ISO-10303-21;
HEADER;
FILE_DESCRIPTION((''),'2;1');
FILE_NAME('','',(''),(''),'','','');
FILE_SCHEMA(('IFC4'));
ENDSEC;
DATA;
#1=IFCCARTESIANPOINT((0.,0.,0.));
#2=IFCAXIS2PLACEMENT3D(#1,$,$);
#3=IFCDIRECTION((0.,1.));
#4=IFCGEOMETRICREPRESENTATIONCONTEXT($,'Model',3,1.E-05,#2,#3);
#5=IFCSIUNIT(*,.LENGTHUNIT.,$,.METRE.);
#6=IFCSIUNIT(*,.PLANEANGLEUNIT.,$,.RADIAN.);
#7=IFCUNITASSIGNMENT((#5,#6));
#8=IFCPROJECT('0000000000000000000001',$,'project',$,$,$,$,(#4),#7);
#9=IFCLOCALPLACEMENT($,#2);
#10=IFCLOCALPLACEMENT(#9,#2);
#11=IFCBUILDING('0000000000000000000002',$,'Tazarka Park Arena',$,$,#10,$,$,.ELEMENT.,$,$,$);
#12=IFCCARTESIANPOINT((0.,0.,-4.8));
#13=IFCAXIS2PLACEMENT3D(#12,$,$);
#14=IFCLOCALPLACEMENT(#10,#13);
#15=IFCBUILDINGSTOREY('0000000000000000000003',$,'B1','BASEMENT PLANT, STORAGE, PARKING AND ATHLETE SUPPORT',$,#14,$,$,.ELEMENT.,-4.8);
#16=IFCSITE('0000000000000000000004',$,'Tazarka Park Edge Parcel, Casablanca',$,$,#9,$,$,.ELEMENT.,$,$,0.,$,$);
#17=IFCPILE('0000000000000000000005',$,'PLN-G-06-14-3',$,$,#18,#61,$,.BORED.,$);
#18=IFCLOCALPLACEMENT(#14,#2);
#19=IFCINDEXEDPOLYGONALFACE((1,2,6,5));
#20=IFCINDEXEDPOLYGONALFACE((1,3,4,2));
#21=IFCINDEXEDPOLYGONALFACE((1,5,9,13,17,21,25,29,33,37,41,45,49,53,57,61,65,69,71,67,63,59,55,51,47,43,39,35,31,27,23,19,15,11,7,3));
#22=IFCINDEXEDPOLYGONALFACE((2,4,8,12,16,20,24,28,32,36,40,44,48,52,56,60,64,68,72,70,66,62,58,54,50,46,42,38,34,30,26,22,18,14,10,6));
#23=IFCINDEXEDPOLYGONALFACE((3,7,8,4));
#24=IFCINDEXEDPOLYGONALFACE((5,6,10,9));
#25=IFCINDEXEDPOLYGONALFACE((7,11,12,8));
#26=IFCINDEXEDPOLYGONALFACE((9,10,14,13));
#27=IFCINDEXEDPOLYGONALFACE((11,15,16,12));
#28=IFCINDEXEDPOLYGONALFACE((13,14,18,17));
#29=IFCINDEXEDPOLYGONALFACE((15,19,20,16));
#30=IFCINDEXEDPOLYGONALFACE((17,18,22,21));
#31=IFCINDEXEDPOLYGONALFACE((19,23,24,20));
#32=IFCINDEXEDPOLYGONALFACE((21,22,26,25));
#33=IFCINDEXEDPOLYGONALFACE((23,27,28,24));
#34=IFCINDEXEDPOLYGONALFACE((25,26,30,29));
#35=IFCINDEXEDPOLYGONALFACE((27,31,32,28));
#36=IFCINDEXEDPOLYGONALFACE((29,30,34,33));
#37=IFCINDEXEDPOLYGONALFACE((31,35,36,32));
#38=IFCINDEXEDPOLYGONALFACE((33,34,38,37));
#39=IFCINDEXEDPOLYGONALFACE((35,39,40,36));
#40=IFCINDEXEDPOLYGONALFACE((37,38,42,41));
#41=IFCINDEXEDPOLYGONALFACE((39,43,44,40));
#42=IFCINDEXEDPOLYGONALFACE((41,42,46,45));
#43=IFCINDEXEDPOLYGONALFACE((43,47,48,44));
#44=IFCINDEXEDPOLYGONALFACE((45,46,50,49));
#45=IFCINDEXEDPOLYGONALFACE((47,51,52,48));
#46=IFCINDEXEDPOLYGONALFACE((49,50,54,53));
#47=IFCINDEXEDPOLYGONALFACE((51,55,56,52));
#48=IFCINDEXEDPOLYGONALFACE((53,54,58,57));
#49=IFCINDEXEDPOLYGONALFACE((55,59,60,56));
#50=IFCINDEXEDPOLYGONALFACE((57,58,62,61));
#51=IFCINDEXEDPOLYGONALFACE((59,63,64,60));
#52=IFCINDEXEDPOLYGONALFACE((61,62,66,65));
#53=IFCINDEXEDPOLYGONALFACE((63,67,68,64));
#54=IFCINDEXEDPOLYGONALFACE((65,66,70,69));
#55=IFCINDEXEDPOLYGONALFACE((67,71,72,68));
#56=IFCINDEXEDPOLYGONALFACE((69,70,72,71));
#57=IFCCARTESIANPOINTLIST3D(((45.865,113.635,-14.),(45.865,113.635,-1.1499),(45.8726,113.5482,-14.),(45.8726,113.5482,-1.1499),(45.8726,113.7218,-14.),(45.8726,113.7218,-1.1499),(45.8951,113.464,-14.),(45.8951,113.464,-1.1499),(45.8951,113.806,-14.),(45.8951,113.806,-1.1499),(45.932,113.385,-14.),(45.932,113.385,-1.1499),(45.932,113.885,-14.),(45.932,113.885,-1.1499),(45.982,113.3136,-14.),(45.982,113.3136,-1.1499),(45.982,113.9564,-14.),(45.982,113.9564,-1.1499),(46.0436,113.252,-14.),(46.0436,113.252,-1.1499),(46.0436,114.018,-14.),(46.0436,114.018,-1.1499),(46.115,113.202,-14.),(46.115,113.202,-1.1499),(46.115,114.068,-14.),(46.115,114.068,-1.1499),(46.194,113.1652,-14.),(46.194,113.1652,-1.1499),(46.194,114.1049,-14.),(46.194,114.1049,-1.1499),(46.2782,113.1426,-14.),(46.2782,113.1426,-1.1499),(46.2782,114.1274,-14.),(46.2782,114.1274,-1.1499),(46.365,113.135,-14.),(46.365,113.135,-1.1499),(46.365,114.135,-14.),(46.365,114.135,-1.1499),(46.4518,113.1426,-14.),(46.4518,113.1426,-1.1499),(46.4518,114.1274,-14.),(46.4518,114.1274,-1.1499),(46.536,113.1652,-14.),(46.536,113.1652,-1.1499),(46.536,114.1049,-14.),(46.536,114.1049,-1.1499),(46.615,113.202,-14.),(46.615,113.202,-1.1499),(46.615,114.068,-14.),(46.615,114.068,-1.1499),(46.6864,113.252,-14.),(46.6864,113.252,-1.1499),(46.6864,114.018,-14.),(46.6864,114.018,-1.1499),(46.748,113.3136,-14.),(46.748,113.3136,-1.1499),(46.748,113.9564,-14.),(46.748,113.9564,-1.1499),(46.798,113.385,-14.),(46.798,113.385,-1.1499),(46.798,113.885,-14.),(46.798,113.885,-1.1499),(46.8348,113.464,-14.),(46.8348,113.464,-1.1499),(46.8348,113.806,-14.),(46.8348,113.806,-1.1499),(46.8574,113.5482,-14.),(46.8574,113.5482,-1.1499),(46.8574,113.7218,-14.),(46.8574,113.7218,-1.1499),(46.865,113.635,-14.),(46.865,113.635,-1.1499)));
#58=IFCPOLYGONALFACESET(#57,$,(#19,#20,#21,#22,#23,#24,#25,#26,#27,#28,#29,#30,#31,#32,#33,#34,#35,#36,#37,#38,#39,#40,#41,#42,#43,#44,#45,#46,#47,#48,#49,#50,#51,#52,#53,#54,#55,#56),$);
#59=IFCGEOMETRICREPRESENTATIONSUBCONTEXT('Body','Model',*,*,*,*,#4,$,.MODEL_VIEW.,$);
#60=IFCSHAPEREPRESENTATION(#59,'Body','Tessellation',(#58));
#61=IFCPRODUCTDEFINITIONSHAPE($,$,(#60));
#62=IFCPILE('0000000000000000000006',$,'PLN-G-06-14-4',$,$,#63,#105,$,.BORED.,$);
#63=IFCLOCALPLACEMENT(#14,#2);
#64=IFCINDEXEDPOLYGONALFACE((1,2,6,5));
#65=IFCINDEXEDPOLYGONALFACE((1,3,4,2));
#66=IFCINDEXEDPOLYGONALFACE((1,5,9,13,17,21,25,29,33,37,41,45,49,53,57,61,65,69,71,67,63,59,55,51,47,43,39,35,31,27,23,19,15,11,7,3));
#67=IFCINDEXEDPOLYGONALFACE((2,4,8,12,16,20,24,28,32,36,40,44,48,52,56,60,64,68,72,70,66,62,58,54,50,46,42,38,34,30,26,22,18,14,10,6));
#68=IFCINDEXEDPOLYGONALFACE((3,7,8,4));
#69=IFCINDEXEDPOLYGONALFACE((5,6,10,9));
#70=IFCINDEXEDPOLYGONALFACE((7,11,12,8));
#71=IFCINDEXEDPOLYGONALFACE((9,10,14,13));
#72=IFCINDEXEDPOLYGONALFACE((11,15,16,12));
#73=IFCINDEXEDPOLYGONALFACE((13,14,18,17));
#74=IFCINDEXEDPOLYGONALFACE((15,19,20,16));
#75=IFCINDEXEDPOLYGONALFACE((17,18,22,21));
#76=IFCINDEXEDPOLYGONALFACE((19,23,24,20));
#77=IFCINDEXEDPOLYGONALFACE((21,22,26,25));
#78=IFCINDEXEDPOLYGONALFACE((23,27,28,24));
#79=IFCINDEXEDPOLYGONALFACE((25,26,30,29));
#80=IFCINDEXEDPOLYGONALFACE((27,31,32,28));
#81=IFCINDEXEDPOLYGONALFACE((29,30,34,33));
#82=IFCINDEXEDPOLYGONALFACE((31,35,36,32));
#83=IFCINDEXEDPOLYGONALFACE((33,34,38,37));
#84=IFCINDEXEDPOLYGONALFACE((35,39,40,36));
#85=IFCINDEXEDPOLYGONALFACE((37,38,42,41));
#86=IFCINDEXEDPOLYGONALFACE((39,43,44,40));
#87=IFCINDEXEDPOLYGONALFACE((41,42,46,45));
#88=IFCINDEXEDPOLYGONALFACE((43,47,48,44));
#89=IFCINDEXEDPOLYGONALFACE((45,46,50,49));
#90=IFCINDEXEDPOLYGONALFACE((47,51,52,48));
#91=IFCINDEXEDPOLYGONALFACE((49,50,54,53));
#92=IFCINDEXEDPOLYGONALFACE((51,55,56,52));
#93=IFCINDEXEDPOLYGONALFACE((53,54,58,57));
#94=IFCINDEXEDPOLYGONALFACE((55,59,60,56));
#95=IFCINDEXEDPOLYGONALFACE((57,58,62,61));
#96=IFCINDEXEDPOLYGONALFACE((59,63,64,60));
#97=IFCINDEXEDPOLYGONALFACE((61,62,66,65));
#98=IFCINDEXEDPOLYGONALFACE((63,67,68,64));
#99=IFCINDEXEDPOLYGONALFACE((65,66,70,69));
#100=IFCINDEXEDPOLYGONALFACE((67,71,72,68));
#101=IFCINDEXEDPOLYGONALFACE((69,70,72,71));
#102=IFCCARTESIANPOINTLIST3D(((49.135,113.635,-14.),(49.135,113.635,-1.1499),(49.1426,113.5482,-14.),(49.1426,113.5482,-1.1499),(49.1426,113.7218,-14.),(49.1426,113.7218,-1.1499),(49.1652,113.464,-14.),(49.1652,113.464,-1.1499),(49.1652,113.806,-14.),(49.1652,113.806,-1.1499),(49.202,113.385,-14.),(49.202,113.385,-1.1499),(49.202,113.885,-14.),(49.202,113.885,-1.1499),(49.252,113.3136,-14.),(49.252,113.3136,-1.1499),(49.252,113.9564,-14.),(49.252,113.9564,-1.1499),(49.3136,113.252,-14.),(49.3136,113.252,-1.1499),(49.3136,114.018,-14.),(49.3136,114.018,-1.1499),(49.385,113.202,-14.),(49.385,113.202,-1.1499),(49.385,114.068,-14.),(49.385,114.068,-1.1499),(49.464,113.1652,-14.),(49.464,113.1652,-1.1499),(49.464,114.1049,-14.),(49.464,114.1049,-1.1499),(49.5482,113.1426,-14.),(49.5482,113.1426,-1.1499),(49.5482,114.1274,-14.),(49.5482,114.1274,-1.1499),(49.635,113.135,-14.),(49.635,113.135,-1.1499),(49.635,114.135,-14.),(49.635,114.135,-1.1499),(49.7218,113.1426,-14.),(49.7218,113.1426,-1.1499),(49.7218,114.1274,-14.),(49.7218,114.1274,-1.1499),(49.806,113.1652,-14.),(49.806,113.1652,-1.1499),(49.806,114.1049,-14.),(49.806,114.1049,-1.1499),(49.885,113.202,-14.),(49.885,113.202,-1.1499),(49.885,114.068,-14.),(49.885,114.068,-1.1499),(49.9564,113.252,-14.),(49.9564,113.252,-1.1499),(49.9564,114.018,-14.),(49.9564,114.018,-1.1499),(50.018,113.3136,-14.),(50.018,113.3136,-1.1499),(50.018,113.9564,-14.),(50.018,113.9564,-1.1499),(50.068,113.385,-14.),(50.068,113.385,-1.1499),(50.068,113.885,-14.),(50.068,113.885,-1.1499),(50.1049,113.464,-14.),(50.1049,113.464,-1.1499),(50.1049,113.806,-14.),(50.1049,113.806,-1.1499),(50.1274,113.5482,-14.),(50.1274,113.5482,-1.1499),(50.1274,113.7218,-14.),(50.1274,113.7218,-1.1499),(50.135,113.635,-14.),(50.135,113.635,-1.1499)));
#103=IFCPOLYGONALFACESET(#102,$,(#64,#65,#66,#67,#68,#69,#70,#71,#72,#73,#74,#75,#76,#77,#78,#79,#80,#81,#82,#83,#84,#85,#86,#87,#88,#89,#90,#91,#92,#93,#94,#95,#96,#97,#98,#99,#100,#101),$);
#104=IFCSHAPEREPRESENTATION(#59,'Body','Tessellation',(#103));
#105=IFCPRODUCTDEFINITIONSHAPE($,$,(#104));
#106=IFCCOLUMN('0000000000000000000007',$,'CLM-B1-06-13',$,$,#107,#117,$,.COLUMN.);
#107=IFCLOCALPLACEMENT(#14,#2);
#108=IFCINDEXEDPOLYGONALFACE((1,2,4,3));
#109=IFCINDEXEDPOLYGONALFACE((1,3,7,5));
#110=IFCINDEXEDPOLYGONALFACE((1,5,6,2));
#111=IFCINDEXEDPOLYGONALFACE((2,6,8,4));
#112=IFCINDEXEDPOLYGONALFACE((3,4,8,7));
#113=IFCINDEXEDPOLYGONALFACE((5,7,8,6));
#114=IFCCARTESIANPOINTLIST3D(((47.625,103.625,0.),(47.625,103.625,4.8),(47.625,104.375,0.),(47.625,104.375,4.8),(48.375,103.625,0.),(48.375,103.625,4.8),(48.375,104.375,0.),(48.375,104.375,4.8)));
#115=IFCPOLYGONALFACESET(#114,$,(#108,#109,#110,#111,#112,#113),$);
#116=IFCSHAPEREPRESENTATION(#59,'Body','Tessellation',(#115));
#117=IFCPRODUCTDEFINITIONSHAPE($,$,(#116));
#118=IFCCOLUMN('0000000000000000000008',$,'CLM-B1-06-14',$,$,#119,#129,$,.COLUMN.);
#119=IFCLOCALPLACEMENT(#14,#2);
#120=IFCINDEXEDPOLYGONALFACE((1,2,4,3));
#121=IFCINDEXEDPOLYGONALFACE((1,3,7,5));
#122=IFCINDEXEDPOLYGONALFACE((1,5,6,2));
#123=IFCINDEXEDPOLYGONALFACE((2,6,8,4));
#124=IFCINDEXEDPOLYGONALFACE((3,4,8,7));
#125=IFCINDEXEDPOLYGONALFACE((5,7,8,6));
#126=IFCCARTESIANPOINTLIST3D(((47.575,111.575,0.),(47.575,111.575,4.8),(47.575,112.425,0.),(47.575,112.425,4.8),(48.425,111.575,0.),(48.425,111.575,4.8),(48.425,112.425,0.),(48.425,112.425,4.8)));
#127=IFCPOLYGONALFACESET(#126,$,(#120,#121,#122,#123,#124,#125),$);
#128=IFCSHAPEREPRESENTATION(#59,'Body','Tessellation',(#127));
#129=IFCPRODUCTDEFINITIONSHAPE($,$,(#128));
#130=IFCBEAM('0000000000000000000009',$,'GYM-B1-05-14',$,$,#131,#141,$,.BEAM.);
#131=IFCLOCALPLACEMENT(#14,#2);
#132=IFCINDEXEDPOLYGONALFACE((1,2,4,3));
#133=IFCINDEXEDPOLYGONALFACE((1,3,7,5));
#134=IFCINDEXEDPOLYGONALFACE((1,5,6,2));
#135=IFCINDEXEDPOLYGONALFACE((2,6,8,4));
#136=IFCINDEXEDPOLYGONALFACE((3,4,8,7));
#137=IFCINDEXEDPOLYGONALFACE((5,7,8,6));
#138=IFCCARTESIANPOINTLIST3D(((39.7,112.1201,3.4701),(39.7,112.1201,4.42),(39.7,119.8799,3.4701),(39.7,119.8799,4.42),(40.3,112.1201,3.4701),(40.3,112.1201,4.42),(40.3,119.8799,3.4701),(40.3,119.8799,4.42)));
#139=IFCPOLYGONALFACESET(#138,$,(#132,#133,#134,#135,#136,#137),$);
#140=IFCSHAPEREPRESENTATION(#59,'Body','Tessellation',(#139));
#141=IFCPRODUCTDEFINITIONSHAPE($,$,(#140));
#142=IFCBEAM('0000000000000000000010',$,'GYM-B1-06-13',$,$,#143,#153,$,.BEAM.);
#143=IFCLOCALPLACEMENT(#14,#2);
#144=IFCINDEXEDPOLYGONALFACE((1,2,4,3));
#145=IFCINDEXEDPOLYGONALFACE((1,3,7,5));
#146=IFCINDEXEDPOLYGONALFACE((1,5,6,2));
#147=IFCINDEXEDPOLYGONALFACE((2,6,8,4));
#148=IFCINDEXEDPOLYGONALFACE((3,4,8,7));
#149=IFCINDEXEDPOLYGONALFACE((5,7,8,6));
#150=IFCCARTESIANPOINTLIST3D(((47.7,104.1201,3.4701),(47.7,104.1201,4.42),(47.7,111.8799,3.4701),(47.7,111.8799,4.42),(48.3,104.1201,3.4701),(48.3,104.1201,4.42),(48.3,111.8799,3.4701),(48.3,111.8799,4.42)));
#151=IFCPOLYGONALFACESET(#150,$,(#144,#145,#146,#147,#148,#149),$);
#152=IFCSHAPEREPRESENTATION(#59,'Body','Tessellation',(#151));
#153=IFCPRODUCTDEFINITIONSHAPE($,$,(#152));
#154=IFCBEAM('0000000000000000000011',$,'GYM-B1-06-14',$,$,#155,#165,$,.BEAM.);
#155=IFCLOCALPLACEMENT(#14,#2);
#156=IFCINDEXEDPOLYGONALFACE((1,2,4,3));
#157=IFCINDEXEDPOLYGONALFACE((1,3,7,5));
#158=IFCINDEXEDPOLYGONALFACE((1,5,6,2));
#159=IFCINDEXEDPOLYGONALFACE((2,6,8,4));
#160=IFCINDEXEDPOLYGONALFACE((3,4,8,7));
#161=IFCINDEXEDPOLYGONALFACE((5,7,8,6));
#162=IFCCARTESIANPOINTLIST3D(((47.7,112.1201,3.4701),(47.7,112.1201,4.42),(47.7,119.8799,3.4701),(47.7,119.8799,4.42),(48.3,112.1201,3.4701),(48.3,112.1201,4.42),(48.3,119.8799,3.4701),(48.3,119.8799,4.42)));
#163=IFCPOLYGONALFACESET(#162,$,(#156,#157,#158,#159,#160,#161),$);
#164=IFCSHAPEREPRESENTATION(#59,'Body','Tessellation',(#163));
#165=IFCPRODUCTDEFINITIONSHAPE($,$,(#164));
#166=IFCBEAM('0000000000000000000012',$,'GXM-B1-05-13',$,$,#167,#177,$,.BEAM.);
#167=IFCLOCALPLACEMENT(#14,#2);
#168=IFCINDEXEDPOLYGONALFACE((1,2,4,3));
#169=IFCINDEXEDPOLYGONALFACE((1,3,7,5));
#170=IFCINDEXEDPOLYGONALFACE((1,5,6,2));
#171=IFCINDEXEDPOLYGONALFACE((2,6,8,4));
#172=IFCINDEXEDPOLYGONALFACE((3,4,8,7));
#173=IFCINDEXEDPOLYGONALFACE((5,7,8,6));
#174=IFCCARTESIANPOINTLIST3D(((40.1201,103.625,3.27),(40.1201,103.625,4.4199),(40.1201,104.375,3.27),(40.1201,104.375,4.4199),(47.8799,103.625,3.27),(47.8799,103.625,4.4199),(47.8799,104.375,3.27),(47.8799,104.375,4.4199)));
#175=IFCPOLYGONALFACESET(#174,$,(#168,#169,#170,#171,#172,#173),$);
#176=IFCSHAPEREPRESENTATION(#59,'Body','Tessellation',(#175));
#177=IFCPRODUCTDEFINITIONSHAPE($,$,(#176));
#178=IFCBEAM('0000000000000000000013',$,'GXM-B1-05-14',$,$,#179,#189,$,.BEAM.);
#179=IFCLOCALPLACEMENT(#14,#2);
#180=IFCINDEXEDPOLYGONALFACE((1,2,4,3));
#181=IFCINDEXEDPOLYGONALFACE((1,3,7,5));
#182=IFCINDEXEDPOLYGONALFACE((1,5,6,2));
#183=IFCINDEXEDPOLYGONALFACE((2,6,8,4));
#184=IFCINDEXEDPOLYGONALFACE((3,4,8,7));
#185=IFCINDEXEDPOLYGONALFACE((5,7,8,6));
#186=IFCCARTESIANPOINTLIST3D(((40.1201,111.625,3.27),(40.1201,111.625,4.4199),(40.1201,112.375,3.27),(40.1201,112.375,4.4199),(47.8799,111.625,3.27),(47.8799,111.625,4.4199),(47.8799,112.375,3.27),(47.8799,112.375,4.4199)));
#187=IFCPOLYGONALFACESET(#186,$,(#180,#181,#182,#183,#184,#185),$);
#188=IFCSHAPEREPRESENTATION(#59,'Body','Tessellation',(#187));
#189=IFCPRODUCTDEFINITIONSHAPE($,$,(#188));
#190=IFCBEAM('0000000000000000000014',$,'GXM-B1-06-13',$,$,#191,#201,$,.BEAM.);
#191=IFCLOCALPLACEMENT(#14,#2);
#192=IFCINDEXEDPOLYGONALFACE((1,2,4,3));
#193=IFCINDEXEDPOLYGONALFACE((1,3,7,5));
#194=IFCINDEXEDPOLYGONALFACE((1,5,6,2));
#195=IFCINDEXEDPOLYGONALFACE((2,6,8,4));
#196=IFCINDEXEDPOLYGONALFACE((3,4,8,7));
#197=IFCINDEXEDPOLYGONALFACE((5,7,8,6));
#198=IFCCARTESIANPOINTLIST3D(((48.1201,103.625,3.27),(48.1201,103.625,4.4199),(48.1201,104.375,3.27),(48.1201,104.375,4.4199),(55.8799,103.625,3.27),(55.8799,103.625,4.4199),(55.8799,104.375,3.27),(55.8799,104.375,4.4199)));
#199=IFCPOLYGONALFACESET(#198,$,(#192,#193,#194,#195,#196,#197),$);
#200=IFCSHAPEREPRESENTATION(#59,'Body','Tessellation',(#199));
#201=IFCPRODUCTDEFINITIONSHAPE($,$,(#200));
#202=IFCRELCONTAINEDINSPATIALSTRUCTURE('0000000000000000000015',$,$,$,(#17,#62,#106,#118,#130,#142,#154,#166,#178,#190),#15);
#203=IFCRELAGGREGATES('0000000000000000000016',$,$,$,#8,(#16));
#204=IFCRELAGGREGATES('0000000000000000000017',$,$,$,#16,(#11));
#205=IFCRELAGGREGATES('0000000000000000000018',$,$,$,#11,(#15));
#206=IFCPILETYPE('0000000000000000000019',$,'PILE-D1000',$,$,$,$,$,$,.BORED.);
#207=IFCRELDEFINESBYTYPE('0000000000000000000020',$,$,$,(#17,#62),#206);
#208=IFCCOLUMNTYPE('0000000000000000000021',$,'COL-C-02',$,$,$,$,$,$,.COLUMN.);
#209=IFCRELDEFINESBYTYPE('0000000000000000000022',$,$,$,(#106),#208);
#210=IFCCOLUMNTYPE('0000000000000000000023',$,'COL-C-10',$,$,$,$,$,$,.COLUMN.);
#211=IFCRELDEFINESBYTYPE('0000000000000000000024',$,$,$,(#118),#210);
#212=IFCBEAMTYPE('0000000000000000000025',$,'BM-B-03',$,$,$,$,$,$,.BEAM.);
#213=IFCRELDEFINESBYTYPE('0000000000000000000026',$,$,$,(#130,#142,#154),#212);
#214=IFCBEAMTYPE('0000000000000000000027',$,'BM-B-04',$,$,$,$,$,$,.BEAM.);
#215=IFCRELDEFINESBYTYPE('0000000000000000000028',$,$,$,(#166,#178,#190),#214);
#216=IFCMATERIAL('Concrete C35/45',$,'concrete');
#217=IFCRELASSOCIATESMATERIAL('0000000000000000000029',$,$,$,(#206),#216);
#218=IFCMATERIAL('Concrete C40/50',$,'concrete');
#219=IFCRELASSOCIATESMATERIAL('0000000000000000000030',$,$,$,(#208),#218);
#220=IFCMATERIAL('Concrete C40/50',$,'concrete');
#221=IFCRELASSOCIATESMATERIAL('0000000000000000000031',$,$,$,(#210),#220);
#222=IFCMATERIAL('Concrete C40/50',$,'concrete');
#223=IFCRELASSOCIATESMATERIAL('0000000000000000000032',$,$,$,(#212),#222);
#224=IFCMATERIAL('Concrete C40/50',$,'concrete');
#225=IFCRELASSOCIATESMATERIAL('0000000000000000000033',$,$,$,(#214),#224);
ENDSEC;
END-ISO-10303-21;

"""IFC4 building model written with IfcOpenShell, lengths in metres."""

from ifc_helpers import new_model, si_unit, direction, frame, origin, origin_2d, place, context, subcontext, project, spatial, rectangle, circle, extrude, material, material_profile, profile_set, type_object, element, save


model = new_model("IFC4")

# Units and contexts
model_context = context("Model", 3, precision=1e-05, world=origin(), true_north=direction((0.0, 1.0)))
body_context = subcontext(model_context, "Body", "Model", "MODEL_VIEW")
ifc_project = project(units=[si_unit("LENGTHUNIT", "METRE"), si_unit("PLANEANGLEUNIT", "RADIAN")], contexts=[model_context])

# Site, building, storey
site_placement = place(None, origin())
site = spatial("IfcSite", under=ifc_project, at=site_placement, Name="Tazarka Park Edge Parcel, Casablanca", CompositionType="ELEMENT", RefElevation=0.0)
building_placement = place(site_placement, origin())
building = spatial("IfcBuilding", under=site, at=building_placement, Name="Tazarka Park Arena", CompositionType="ELEMENT")
storey_placement = place(building_placement, frame((0.0, 0.0, -4.8)))
storey = spatial("IfcBuildingStorey", under=building, at=storey_placement, Name="B1", Description="BASEMENT PLANT, STORAGE, PARKING AND ATHLETE SUPPORT", CompositionType="ELEMENT", Elevation=-4.8)

# Piles
ifc_material_1 = material(Name="Concrete C35/45", Category="concrete")
ifc_material_profile_1 = material_profile(ifc_material_1, circle(Radius=0.5, at=origin_2d()), Name="Concrete C35/45")
ifc_profile_set_1 = profile_set([ifc_material_profile_1], Name="Concrete C35/45")
pile_type = type_object("IfcPileType", Name="PILE-D1000", PredefinedType="BORED", material=ifc_profile_set_1)
for number, where, z_axis, x_axis, name in (
    (1, (46.365, 113.635, -1.1499), (0.0, 0.0, -1.0), (1.0, 0.0, 0.0), "PLN-G-06-14-3"),
    (2, (49.635, 113.635, -1.1499), (0.0, 0.0, -1.0), (1.0, 0.0, 0.0), "PLN-G-06-14-4"),
):
    element("IfcPile", number, at=place(storey_placement, frame(where, z_axis=z_axis, x_axis=x_axis)), inside=storey, type_object=pile_type, Name=name, PredefinedType="BORED", context=body_context, shape_type="SweptSolid", body=[
        extrude(circle(Radius=0.5, at=origin_2d()), origin(), (0.0, 0.0, 1.0), 12.8501),
    ])

# Columns
ifc_material_2 = material(Name="Concrete C40/50", Category="concrete")
ifc_material_profile_2 = material_profile(ifc_material_2, rectangle(XDim=0.75, YDim=0.75, at=origin_2d()), Name="Concrete C40/50")
ifc_profile_set_2 = profile_set([ifc_material_profile_2], Name="Concrete C40/50")
column_type_1 = type_object("IfcColumnType", Name="COL-C-02", PredefinedType="COLUMN", material=ifc_profile_set_2)
column_1_placement = place(storey_placement, frame((48.0, 104.0, 0.0), z_axis=(0.0, 0.0, 1.0), x_axis=(1.0, 0.0, 0.0)))
element("IfcColumn", 3, at=column_1_placement, inside=storey, type_object=column_type_1, Name="CLM-B1-06-13", PredefinedType="COLUMN", context=body_context, shape_type="SweptSolid", body=[
    extrude(rectangle(XDim=0.75, YDim=0.75, at=origin_2d()), origin(), (0.0, 0.0, 1.0), 4.8),
])
ifc_material_3 = material(Name="Concrete C40/50", Category="concrete")
ifc_material_profile_3 = material_profile(ifc_material_3, rectangle(XDim=0.8501, YDim=0.8501, at=origin_2d()), Name="Concrete C40/50")
ifc_profile_set_3 = profile_set([ifc_material_profile_3], Name="Concrete C40/50")
column_type_2 = type_object("IfcColumnType", Name="COL-C-10", PredefinedType="COLUMN", material=ifc_profile_set_3)
column_2_placement = place(storey_placement, frame((48.0, 112.0, 0.0), z_axis=(0.0, 0.0, 1.0), x_axis=(1.0, 0.0, 0.0)))
element("IfcColumn", 4, at=column_2_placement, inside=storey, type_object=column_type_2, Name="CLM-B1-06-14", PredefinedType="COLUMN", context=body_context, shape_type="SweptSolid", body=[
    extrude(rectangle(XDim=0.8501, YDim=0.8501, at=origin_2d()), origin(), (0.0, 0.0, 1.0), 4.8),
])

# Beams
ifc_material_4 = material(Name="Concrete C40/50", Category="concrete")
ifc_material_profile_4 = material_profile(ifc_material_4, rectangle(XDim=0.6001, YDim=0.95, at=origin_2d()), Name="Concrete C40/50")
ifc_profile_set_4 = profile_set([ifc_material_profile_4], Name="Concrete C40/50")
beam_type_1 = type_object("IfcBeamType", Name="BM-B-03", PredefinedType="BEAM", material=ifc_profile_set_4)
for number, where, z_axis, x_axis, name in (
    (5, (40.0, 112.1201, 3.9451), (0.0, 1.0, 0.0), (-1.0, 0.0, 0.0), "GYM-B1-05-14"),
    (6, (48.0, 104.1201, 3.9451), (0.0, 1.0, 0.0), (-1.0, 0.0, 0.0), "GYM-B1-06-13"),
    (7, (48.0, 112.1201, 3.9451), (0.0, 1.0, 0.0), (-1.0, 0.0, 0.0), "GYM-B1-06-14"),
):
    element("IfcBeam", number, at=place(storey_placement, frame(where, z_axis=z_axis, x_axis=x_axis)), inside=storey, type_object=beam_type_1, Name=name, PredefinedType="BEAM", context=body_context, shape_type="SweptSolid", body=[
        extrude(rectangle(XDim=0.6001, YDim=0.95, at=origin_2d()), origin(), (0.0, 0.0, 1.0), 7.7598),
    ])
ifc_material_5 = material(Name="Concrete C40/50", Category="concrete")
ifc_material_profile_5 = material_profile(ifc_material_5, rectangle(XDim=0.75, YDim=1.1499, at=origin_2d()), Name="Concrete C40/50")
ifc_profile_set_5 = profile_set([ifc_material_profile_5], Name="Concrete C40/50")
beam_type_2 = type_object("IfcBeamType", Name="BM-B-04", PredefinedType="BEAM", material=ifc_profile_set_5)
for number, where, z_axis, x_axis, name in (
    (8, (40.1201, 104.0, 3.845), (1.0, 0.0, 0.0), (0.0, 1.0, 0.0), "GXM-B1-05-13"),
    (9, (40.1201, 112.0, 3.845), (1.0, 0.0, 0.0), (0.0, 1.0, 0.0), "GXM-B1-05-14"),
    (10, (48.1201, 104.0, 3.845), (1.0, 0.0, 0.0), (0.0, 1.0, 0.0), "GXM-B1-06-13"),
):
    element("IfcBeam", number, at=place(storey_placement, frame(where, z_axis=z_axis, x_axis=x_axis)), inside=storey, type_object=beam_type_2, Name=name, PredefinedType="BEAM", context=body_context, shape_type="SweptSolid", body=[
        extrude(rectangle(XDim=0.75, YDim=1.1499, at=origin_2d()), origin(), (0.0, 0.0, 1.0), 7.7598),
    ])

save(model, "model.ifc")
